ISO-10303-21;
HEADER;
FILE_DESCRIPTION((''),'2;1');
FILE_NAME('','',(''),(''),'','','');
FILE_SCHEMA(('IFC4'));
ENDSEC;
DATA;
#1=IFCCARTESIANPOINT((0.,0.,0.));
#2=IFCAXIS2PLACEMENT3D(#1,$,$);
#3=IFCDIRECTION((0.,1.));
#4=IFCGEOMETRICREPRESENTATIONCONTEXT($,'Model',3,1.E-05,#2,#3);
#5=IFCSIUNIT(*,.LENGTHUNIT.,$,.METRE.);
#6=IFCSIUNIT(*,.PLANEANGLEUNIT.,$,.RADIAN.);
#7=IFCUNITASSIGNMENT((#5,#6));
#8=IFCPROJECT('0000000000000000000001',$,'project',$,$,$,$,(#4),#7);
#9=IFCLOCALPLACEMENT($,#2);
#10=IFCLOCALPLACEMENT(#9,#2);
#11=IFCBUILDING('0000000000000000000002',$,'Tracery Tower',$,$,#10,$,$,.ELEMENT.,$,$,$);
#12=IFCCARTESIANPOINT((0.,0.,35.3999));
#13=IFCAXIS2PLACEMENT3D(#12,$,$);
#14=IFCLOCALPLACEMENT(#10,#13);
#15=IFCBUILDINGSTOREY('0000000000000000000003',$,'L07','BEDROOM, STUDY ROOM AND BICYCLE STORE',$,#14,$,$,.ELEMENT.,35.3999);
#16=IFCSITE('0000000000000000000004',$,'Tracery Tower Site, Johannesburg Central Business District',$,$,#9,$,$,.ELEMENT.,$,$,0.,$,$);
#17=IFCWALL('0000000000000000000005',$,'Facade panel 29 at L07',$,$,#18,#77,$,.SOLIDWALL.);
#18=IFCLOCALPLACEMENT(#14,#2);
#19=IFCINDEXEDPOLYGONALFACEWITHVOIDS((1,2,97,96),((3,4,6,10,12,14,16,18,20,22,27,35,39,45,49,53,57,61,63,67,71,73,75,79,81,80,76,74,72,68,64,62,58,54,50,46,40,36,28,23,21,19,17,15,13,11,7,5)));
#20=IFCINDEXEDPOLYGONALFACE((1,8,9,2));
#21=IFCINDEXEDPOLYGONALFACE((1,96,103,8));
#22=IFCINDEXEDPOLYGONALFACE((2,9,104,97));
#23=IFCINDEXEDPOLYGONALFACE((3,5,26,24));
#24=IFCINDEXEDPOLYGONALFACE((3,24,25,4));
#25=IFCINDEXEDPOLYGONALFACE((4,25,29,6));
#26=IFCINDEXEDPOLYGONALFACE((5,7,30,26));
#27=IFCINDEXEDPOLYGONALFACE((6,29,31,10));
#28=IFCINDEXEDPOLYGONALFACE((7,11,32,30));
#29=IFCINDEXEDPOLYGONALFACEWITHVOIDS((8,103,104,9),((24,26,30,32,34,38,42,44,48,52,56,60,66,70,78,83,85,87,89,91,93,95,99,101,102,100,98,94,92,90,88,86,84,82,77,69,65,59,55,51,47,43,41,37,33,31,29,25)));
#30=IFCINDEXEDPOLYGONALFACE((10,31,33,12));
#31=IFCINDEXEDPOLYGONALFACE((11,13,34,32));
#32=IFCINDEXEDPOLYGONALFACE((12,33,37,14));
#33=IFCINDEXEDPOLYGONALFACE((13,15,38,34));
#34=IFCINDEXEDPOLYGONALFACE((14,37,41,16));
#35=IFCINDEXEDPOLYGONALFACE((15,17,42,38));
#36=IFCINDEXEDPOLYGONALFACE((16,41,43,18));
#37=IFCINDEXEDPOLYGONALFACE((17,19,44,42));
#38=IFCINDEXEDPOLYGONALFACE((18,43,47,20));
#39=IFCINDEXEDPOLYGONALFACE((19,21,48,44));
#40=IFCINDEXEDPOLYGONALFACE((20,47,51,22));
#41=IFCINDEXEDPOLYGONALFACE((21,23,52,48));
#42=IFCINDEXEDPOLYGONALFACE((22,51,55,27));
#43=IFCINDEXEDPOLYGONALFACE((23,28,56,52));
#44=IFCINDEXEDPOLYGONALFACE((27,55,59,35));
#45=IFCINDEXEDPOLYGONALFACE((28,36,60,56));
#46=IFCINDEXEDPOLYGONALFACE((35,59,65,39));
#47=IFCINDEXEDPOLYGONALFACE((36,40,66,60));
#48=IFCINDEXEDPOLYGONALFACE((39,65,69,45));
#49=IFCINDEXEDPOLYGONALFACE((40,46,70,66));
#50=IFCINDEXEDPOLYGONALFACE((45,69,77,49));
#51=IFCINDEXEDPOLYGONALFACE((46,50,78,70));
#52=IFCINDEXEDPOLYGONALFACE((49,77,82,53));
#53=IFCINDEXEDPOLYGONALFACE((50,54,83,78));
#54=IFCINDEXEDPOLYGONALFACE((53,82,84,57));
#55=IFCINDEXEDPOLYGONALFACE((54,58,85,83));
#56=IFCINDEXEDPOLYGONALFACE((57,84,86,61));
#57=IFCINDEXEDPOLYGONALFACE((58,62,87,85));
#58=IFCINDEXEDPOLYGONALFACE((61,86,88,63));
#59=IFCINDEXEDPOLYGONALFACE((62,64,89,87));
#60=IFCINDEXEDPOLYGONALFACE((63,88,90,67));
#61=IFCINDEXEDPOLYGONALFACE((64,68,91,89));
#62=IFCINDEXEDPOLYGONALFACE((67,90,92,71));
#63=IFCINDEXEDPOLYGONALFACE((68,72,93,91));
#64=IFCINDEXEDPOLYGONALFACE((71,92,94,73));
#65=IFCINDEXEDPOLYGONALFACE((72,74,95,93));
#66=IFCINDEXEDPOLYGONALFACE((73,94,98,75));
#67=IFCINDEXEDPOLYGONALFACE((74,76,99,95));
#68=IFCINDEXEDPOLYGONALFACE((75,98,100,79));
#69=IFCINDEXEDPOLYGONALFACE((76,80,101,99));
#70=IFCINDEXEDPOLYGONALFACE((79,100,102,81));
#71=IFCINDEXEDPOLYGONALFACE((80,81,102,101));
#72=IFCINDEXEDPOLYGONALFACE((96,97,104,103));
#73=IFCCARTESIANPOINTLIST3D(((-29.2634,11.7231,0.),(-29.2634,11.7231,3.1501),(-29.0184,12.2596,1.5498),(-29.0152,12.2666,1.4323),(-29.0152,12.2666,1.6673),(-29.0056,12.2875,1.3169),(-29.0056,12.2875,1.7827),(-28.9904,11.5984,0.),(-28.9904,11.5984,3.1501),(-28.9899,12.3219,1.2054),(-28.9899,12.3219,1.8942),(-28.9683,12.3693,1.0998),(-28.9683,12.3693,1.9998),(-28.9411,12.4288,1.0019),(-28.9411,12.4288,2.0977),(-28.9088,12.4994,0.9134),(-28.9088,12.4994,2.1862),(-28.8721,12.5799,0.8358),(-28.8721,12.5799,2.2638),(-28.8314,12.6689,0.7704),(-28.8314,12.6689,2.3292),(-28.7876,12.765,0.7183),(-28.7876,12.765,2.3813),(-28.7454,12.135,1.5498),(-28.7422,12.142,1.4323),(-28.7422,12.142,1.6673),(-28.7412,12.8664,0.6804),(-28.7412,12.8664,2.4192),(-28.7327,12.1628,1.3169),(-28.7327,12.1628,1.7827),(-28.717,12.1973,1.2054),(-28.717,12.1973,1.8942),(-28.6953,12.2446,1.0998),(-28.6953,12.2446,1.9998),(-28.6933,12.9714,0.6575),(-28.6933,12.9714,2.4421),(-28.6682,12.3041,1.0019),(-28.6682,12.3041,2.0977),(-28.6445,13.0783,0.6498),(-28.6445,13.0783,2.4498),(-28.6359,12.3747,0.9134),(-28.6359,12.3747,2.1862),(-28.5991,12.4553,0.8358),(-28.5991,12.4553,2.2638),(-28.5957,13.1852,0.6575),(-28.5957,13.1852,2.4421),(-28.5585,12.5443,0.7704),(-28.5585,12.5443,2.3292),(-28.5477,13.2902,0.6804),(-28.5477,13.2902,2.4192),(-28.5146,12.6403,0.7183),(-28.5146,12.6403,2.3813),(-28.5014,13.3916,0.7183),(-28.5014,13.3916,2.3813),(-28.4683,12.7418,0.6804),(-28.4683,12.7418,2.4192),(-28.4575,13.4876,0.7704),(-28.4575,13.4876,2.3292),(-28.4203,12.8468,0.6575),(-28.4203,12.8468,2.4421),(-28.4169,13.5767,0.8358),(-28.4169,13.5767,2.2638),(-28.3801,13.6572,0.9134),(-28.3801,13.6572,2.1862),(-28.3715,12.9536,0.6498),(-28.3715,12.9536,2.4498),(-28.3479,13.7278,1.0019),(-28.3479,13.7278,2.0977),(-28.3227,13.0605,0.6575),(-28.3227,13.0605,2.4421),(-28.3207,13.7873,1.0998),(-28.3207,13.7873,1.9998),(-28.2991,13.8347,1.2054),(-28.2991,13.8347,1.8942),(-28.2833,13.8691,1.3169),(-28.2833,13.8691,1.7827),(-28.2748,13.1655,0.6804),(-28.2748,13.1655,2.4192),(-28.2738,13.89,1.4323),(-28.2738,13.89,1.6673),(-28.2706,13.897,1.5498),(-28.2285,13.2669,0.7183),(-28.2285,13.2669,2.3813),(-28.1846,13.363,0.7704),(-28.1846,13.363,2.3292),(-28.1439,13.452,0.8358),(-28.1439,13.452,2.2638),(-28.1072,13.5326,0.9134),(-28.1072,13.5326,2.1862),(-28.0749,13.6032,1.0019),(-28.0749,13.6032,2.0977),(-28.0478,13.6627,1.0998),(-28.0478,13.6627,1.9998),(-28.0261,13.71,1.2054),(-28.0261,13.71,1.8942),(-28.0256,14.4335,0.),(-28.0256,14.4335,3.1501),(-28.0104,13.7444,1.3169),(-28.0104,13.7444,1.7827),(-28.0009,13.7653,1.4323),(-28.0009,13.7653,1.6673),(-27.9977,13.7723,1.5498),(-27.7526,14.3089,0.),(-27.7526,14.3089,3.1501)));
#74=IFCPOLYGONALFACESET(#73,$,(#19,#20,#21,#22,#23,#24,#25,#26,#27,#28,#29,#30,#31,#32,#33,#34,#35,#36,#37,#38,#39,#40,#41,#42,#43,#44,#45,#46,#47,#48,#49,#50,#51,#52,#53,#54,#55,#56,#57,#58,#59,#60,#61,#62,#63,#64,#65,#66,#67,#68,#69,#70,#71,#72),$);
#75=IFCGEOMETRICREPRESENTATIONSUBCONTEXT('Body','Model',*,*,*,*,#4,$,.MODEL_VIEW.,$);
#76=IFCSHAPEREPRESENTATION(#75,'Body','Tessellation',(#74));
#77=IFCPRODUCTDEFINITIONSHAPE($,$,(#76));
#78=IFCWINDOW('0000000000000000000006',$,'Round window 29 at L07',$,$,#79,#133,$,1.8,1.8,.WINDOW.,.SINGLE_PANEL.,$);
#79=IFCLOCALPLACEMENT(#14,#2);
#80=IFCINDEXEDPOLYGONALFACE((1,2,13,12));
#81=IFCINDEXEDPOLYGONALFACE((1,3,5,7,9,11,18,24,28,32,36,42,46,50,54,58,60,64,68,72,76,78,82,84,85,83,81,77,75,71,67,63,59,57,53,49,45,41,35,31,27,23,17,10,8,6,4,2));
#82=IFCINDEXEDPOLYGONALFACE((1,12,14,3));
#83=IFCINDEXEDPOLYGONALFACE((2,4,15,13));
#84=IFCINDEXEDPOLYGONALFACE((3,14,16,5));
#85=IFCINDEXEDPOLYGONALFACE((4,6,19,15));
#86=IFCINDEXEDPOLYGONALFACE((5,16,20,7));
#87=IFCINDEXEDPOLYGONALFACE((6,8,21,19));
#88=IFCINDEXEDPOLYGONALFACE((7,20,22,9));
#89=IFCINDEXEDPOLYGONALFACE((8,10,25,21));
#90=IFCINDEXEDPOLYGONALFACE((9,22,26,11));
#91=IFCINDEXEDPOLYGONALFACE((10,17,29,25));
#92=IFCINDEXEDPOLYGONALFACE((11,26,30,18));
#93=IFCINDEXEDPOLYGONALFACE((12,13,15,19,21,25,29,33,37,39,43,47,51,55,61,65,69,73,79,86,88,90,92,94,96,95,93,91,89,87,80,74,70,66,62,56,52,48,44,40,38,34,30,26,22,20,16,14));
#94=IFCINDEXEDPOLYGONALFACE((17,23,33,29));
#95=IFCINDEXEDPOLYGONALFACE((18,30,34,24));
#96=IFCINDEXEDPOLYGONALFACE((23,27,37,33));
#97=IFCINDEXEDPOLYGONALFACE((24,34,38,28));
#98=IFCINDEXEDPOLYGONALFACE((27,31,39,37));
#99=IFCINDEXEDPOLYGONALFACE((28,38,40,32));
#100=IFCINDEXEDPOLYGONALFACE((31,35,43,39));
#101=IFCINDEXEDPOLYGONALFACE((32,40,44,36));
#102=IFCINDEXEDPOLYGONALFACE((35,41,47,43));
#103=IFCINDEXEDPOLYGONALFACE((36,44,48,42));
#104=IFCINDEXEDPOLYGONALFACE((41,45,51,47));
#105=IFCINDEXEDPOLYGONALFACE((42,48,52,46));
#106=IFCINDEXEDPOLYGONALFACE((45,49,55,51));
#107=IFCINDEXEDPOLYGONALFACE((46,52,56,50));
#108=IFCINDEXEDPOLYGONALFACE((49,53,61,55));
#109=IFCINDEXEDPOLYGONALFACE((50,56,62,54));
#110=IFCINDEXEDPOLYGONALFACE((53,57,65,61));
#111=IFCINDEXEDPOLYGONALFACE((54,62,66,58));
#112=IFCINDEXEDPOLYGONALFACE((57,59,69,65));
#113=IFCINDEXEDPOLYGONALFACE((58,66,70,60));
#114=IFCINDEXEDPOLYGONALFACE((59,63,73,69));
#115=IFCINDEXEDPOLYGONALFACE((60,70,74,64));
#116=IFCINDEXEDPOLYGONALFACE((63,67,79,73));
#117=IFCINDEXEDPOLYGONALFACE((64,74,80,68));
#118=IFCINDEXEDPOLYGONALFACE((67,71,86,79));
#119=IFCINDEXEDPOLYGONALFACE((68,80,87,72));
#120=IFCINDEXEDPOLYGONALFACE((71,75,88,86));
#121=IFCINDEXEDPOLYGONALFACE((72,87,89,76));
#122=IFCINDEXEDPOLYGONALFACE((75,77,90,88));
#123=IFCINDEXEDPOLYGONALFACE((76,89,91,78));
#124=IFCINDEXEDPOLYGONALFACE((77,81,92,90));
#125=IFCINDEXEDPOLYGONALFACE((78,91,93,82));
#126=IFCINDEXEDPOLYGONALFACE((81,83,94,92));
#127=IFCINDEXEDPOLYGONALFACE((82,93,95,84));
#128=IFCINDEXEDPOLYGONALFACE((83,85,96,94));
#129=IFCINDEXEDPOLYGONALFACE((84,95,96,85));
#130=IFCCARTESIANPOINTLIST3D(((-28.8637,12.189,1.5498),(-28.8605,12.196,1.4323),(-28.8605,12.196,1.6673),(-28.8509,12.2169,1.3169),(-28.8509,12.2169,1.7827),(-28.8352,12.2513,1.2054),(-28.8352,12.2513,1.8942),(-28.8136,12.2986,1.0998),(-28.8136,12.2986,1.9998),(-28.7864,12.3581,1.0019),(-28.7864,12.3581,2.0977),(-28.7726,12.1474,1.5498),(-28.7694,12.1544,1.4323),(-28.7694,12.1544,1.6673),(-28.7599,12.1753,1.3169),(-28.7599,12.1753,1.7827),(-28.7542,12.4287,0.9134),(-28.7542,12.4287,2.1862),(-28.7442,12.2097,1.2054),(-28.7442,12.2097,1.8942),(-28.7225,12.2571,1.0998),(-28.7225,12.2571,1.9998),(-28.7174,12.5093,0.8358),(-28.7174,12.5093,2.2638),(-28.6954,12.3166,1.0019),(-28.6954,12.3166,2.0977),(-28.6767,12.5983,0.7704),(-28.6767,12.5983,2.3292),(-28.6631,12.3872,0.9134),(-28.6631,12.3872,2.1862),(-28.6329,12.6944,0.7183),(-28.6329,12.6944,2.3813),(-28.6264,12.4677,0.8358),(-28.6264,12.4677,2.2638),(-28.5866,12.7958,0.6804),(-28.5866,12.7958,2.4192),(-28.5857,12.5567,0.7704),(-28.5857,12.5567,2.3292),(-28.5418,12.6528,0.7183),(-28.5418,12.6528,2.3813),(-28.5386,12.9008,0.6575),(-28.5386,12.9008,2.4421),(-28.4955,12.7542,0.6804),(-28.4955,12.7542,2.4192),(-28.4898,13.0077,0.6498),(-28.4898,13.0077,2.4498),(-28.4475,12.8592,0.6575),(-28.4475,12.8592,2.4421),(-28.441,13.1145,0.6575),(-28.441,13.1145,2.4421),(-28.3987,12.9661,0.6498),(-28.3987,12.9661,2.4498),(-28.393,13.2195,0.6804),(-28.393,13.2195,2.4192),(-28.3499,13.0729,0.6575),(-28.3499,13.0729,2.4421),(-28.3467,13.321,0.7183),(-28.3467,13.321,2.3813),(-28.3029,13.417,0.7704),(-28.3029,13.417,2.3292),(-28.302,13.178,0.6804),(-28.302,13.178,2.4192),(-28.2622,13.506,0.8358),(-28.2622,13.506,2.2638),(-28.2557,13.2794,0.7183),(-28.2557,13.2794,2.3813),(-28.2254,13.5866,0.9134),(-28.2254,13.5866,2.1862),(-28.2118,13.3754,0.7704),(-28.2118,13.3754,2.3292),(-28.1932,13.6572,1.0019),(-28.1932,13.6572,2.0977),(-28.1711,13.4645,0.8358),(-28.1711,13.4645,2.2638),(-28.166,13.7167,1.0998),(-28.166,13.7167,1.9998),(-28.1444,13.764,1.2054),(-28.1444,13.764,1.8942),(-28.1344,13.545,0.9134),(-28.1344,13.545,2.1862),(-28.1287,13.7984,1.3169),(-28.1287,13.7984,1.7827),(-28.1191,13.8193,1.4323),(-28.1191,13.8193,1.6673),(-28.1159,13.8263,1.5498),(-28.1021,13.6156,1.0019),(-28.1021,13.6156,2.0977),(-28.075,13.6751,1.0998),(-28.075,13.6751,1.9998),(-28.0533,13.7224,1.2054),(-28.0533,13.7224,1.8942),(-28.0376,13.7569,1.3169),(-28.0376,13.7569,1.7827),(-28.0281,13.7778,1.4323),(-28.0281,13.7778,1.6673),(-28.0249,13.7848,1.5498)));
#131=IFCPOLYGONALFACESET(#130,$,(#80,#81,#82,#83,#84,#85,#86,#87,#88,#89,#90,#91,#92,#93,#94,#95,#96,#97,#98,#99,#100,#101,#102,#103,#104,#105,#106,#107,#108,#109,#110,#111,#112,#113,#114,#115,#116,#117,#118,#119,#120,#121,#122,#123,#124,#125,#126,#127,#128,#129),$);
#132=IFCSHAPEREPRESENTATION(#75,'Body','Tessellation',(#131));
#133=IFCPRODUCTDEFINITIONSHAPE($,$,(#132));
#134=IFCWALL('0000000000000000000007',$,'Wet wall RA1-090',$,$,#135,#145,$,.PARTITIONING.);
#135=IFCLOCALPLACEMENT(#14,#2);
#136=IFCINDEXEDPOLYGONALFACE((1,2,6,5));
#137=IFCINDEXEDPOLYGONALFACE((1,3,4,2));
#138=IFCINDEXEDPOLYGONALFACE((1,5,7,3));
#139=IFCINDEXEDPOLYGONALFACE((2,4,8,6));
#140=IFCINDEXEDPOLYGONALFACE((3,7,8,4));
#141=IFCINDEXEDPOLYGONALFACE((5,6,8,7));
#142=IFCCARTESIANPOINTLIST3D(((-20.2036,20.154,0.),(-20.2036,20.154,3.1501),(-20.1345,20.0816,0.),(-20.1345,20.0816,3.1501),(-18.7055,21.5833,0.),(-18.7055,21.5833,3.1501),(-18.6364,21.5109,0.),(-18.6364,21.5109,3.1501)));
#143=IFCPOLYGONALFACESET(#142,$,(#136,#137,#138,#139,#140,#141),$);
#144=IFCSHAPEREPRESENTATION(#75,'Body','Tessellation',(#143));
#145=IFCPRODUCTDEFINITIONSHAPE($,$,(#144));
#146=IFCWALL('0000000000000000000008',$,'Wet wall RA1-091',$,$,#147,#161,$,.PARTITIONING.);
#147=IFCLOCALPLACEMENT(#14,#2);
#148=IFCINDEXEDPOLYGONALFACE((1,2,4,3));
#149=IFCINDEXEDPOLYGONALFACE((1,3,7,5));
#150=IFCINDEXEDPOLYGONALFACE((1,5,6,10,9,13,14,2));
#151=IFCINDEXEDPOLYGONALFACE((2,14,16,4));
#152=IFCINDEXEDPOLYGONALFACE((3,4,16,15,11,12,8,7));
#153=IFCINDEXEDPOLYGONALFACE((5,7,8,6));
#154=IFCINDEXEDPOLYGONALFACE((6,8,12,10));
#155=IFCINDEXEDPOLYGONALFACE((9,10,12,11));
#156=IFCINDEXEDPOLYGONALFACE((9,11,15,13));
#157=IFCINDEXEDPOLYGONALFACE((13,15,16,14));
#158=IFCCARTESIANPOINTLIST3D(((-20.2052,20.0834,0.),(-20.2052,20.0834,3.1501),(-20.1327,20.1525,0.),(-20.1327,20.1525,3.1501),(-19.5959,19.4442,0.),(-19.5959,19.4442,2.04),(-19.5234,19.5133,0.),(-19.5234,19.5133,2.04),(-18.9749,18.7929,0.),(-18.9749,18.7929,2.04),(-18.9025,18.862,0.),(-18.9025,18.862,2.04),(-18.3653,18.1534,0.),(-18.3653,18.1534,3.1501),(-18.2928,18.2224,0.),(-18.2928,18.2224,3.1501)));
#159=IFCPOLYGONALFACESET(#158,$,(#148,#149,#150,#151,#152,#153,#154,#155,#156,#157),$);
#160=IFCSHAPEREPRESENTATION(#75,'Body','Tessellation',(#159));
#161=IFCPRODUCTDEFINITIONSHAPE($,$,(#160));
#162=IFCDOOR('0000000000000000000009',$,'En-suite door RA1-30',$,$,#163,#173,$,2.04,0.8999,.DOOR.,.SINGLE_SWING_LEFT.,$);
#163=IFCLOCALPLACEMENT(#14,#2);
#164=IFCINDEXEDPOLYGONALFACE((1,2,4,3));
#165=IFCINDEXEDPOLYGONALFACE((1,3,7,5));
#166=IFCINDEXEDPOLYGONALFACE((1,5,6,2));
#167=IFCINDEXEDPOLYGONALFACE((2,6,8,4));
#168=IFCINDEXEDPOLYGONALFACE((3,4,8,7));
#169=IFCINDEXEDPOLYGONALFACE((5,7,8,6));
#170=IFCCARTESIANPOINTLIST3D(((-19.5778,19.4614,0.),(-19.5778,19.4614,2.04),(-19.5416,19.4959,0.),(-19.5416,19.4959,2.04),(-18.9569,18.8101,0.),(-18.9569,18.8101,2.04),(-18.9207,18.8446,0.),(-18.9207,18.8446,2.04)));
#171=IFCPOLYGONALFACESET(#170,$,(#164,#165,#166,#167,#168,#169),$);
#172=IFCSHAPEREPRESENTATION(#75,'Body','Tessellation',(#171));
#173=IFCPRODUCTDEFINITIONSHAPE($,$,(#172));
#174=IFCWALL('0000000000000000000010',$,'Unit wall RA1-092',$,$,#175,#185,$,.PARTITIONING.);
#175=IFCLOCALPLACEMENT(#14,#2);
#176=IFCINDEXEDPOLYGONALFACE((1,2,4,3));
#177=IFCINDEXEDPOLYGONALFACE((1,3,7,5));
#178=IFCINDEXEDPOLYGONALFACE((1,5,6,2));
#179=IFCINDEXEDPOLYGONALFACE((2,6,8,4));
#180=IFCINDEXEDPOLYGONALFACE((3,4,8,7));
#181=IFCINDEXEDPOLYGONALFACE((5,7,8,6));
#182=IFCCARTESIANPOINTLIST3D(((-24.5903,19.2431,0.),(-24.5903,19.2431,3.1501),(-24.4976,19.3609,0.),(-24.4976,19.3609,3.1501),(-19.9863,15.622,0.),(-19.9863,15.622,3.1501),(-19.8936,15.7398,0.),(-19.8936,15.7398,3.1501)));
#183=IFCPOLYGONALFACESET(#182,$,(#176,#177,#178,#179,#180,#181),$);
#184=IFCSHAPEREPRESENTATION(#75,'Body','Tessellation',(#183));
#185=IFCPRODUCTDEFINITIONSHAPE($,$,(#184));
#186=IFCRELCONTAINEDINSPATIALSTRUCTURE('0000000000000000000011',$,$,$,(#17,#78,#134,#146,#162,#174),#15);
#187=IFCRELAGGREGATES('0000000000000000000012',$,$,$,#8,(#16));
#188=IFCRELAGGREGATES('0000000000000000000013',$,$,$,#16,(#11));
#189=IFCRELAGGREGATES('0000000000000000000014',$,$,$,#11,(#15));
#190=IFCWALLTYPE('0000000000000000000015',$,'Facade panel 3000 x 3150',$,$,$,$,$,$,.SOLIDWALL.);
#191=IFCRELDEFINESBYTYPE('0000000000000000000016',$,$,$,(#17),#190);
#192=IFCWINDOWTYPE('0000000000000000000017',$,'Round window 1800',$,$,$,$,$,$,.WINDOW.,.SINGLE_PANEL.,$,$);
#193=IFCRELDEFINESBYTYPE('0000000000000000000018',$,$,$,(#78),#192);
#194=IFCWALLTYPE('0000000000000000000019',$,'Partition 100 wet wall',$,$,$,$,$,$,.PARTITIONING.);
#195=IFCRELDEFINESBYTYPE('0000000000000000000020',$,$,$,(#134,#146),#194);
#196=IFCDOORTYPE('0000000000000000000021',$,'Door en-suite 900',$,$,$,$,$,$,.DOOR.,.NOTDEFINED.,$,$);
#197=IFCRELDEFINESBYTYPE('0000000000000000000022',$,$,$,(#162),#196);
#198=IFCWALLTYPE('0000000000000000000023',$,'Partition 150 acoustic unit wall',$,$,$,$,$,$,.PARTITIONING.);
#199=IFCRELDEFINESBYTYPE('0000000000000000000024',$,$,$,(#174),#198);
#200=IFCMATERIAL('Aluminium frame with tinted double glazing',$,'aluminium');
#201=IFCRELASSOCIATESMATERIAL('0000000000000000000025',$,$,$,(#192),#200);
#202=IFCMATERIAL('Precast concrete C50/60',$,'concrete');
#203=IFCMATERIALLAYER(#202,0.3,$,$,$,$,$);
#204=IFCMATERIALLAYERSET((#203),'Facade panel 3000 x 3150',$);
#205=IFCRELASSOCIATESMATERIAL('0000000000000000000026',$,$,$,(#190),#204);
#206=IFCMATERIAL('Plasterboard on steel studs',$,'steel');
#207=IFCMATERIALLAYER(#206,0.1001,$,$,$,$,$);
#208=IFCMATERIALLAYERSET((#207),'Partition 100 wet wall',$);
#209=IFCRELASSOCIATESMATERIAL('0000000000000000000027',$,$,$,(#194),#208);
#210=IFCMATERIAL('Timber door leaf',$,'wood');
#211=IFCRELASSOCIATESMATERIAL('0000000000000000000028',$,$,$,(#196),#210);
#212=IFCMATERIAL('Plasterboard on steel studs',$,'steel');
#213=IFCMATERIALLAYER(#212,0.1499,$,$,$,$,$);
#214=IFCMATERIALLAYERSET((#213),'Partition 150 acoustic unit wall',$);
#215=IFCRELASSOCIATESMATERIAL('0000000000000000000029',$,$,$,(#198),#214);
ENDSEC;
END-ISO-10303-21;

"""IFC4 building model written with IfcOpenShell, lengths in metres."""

from ifc_helpers import new_model, si_unit, direction, frame, frame_2d, origin, origin_2d, place, context, subcontext, project, spatial, rectangle, circle, extrude, material, layer, layer_set, type_object, element, fill, save


model = new_model("IFC4")

# Units and contexts
model_context = context("Model", 3, precision=1e-05, world=origin(), true_north=direction((0.0, 1.0)))
body_context = subcontext(model_context, "Body", "Model", "MODEL_VIEW")
ifc_project = project(units=[si_unit("LENGTHUNIT", "METRE"), si_unit("PLANEANGLEUNIT", "RADIAN")], contexts=[model_context])

# Site, building, storey
site_placement = place(None, origin())
site = spatial("IfcSite", under=ifc_project, at=site_placement, Name="Tracery Tower Site, Johannesburg Central Business District", CompositionType="ELEMENT", RefElevation=0.0)
building_placement = place(site_placement, origin())
building = spatial("IfcBuilding", under=site, at=building_placement, Name="Tracery Tower", CompositionType="ELEMENT")
storey_placement = place(building_placement, frame((0.0, 0.0, 35.3999)))
storey = spatial("IfcBuildingStorey", under=building, at=storey_placement, Name="L07", Description="BEDROOM, STUDY ROOM AND BICYCLE STORE", CompositionType="ELEMENT", Elevation=35.3999)

# Wall, opening, window
ifc_material_1 = material(Name="Aluminium frame with tinted double glazing", Category="aluminium")
window_type = type_object("IfcWindowType", Name="Round window 1800", PartitioningType="SINGLE_PANEL", PredefinedType="WINDOW", material=ifc_material_1)
ifc_material_2 = material(Name="Precast concrete C50/60", Category="concrete")
ifc_layer_1 = layer(ifc_material_2, 0.3)
ifc_layer_set_1 = layer_set([ifc_layer_1], Name="Facade panel 3000 x 3150")
wall_type_1 = type_object("IfcWallType", Name="Facade panel 3000 x 3150", PredefinedType="SOLIDWALL", material=ifc_layer_set_1)
wall_1_placement = place(storey_placement, frame((-27.8892, 14.3711, 0.0), z_axis=(0.0, 0.0, 1.0), x_axis=(-0.415407, -0.909636, 0.0)))
wall_1 = element("IfcWall", 1, at=wall_1_placement, inside=storey, type_object=wall_type_1, Name="Facade panel 29 at L07", PredefinedType="SOLIDWALL", context=body_context, shape_type="SweptSolid", body=[
    extrude(rectangle(XDim=2.9797, YDim=0.3, at=frame_2d((1.4897, 0.0))), origin(), (0.0, 0.0, 1.0), 3.1501),
])
opening_1_placement = place(wall_1_placement, frame((1.4897, 0.0, 1.5498)))
opening_1 = element("IfcOpeningElement", 2, at=opening_1_placement, cuts=wall_1, PredefinedType="OPENING", context=body_context, shape_type="SweptSolid", body=[
    extrude(circle(Radius=0.9, at=origin_2d()), frame((0.0, 0.1599, 0.0), z_axis=(0.0, -1.0, 0.0), x_axis=(1.0, 0.0, 0.0)), (0.0, 0.0, 1.0), 0.3201),
])
window_1_placement = place(opening_1_placement, origin())
window_1 = element("IfcWindow", 3, at=window_1_placement, inside=storey, type_object=window_type, Name="Round window 29 at L07", OverallHeight=1.8, OverallWidth=1.8, PartitioningType="SINGLE_PANEL", PredefinedType="WINDOW", context=body_context, shape_type="SweptSolid", body=[
    extrude(circle(Radius=0.9, at=origin_2d()), frame((0.0, 0.1201, 0.0), z_axis=(0.0, -1.0, 0.0), x_axis=(1.0, 0.0, 0.0)), (0.0, 0.0, 1.0), 0.1001),
])
fill(opening_1, window_1)

# Wall
ifc_material_3 = material(Name="Plasterboard on steel studs", Category="steel")
ifc_layer_2 = layer(ifc_material_3, 0.1001)
ifc_layer_set_2 = layer_set([ifc_layer_2], Name="Partition 100 wet wall")
wall_type_2 = type_object("IfcWallType", Name="Partition 100 wet wall", PredefinedType="PARTITIONING", material=ifc_layer_set_2)
wall_2_placement = place(storey_placement, frame((-20.1689, 20.1179, 0.0), z_axis=(0.0, 0.0, 1.0), x_axis=(0.723538, 0.690285, 0.0)))
element("IfcWall", 4, at=wall_2_placement, inside=storey, type_object=wall_type_2, Name="Wet wall RA1-090", PredefinedType="PARTITIONING", context=body_context, shape_type="SweptSolid", body=[
    extrude(rectangle(XDim=2.0706, YDim=0.1001, at=frame_2d((1.0352, 0.0))), origin(), (0.0, 0.0, 1.0), 3.1501),
])

# Wall, opening, door
wall_3_placement = place(storey_placement, frame((-20.1689, 20.1179, 0.0), z_axis=(0.0, 0.0, 1.0), x_axis=(0.690012, -0.723798, 0.0)))
wall_3 = element("IfcWall", 5, at=wall_3_placement, inside=storey, type_object=wall_type_2, Name="Wet wall RA1-091", PredefinedType="PARTITIONING", context=body_context, shape_type="SweptSolid", body=[
    extrude(rectangle(XDim=2.6665, YDim=0.1001, at=frame_2d((1.3333, 0.0))), origin(), (0.0, 0.0, 1.0), 3.1501),
])
opening_2_placement = place(wall_3_placement, frame((0.8831, 0.0, 0.0)))
opening_2 = element("IfcOpeningElement", 6, at=opening_2_placement, cuts=wall_3, PredefinedType="OPENING", context=body_context, shape_type="SweptSolid", body=[
    extrude(rectangle(XDim=0.8999, YDim=2.04, at=frame_2d((0.45, 1.02))), frame((0.0, 0.05, 0.0), z_axis=(0.0, -1.0, 0.0), x_axis=(1.0, 0.0, 0.0)), (0.0, 0.0, 1.0), 0.1001),
])
ifc_material_4 = material(Name="Timber door leaf", Category="wood")
door_type_1 = type_object("IfcDoorType", Name="Door en-suite 900", OperationType="NOTDEFINED", PredefinedType="DOOR", material=ifc_material_4)
door_1_placement = place(opening_2_placement, origin())
door_1 = element("IfcDoor", 7, at=door_1_placement, inside=storey, type_object=door_type_1, Name="En-suite door RA1-30", OperationType="SINGLE_SWING_LEFT", OverallHeight=2.04, OverallWidth=0.8999, PredefinedType="DOOR", context=body_context, shape_type="SweptSolid", body=[
    extrude(rectangle(XDim=0.8999, YDim=2.04, at=frame_2d((0.45, 1.02))), frame((0.0, 0.0249, 0.0), z_axis=(0.0, -1.0, 0.0), x_axis=(1.0, 0.0, 0.0)), (0.0, 0.0, 1.0), 0.05),
])
fill(opening_2, door_1)

# Wall
ifc_material_5 = material(Name="Plasterboard on steel studs", Category="steel")
ifc_layer_3 = layer(ifc_material_5, 0.1499)
ifc_layer_set_3 = layer_set([ifc_layer_3], Name="Partition 150 acoustic unit wall")
wall_type_3 = type_object("IfcWallType", Name="Partition 150 acoustic unit wall", PredefinedType="PARTITIONING", material=ifc_layer_set_3)
wall_4_placement = place(storey_placement, frame((-24.5439, 19.302, 0.0), z_axis=(0.0, 0.0, 1.0), x_axis=(0.786015, -0.618208, 0.0)))
element("IfcWall", 8, at=wall_4_placement, inside=storey, type_object=wall_type_3, Name="Unit wall RA1-092", PredefinedType="PARTITIONING", context=body_context, shape_type="SweptSolid", body=[
    extrude(rectangle(XDim=5.8574, YDim=0.1499, at=frame_2d((2.9287, 0.0))), origin(), (0.0, 0.0, 1.0), 3.1501),
])

save(model, "model.ifc")
